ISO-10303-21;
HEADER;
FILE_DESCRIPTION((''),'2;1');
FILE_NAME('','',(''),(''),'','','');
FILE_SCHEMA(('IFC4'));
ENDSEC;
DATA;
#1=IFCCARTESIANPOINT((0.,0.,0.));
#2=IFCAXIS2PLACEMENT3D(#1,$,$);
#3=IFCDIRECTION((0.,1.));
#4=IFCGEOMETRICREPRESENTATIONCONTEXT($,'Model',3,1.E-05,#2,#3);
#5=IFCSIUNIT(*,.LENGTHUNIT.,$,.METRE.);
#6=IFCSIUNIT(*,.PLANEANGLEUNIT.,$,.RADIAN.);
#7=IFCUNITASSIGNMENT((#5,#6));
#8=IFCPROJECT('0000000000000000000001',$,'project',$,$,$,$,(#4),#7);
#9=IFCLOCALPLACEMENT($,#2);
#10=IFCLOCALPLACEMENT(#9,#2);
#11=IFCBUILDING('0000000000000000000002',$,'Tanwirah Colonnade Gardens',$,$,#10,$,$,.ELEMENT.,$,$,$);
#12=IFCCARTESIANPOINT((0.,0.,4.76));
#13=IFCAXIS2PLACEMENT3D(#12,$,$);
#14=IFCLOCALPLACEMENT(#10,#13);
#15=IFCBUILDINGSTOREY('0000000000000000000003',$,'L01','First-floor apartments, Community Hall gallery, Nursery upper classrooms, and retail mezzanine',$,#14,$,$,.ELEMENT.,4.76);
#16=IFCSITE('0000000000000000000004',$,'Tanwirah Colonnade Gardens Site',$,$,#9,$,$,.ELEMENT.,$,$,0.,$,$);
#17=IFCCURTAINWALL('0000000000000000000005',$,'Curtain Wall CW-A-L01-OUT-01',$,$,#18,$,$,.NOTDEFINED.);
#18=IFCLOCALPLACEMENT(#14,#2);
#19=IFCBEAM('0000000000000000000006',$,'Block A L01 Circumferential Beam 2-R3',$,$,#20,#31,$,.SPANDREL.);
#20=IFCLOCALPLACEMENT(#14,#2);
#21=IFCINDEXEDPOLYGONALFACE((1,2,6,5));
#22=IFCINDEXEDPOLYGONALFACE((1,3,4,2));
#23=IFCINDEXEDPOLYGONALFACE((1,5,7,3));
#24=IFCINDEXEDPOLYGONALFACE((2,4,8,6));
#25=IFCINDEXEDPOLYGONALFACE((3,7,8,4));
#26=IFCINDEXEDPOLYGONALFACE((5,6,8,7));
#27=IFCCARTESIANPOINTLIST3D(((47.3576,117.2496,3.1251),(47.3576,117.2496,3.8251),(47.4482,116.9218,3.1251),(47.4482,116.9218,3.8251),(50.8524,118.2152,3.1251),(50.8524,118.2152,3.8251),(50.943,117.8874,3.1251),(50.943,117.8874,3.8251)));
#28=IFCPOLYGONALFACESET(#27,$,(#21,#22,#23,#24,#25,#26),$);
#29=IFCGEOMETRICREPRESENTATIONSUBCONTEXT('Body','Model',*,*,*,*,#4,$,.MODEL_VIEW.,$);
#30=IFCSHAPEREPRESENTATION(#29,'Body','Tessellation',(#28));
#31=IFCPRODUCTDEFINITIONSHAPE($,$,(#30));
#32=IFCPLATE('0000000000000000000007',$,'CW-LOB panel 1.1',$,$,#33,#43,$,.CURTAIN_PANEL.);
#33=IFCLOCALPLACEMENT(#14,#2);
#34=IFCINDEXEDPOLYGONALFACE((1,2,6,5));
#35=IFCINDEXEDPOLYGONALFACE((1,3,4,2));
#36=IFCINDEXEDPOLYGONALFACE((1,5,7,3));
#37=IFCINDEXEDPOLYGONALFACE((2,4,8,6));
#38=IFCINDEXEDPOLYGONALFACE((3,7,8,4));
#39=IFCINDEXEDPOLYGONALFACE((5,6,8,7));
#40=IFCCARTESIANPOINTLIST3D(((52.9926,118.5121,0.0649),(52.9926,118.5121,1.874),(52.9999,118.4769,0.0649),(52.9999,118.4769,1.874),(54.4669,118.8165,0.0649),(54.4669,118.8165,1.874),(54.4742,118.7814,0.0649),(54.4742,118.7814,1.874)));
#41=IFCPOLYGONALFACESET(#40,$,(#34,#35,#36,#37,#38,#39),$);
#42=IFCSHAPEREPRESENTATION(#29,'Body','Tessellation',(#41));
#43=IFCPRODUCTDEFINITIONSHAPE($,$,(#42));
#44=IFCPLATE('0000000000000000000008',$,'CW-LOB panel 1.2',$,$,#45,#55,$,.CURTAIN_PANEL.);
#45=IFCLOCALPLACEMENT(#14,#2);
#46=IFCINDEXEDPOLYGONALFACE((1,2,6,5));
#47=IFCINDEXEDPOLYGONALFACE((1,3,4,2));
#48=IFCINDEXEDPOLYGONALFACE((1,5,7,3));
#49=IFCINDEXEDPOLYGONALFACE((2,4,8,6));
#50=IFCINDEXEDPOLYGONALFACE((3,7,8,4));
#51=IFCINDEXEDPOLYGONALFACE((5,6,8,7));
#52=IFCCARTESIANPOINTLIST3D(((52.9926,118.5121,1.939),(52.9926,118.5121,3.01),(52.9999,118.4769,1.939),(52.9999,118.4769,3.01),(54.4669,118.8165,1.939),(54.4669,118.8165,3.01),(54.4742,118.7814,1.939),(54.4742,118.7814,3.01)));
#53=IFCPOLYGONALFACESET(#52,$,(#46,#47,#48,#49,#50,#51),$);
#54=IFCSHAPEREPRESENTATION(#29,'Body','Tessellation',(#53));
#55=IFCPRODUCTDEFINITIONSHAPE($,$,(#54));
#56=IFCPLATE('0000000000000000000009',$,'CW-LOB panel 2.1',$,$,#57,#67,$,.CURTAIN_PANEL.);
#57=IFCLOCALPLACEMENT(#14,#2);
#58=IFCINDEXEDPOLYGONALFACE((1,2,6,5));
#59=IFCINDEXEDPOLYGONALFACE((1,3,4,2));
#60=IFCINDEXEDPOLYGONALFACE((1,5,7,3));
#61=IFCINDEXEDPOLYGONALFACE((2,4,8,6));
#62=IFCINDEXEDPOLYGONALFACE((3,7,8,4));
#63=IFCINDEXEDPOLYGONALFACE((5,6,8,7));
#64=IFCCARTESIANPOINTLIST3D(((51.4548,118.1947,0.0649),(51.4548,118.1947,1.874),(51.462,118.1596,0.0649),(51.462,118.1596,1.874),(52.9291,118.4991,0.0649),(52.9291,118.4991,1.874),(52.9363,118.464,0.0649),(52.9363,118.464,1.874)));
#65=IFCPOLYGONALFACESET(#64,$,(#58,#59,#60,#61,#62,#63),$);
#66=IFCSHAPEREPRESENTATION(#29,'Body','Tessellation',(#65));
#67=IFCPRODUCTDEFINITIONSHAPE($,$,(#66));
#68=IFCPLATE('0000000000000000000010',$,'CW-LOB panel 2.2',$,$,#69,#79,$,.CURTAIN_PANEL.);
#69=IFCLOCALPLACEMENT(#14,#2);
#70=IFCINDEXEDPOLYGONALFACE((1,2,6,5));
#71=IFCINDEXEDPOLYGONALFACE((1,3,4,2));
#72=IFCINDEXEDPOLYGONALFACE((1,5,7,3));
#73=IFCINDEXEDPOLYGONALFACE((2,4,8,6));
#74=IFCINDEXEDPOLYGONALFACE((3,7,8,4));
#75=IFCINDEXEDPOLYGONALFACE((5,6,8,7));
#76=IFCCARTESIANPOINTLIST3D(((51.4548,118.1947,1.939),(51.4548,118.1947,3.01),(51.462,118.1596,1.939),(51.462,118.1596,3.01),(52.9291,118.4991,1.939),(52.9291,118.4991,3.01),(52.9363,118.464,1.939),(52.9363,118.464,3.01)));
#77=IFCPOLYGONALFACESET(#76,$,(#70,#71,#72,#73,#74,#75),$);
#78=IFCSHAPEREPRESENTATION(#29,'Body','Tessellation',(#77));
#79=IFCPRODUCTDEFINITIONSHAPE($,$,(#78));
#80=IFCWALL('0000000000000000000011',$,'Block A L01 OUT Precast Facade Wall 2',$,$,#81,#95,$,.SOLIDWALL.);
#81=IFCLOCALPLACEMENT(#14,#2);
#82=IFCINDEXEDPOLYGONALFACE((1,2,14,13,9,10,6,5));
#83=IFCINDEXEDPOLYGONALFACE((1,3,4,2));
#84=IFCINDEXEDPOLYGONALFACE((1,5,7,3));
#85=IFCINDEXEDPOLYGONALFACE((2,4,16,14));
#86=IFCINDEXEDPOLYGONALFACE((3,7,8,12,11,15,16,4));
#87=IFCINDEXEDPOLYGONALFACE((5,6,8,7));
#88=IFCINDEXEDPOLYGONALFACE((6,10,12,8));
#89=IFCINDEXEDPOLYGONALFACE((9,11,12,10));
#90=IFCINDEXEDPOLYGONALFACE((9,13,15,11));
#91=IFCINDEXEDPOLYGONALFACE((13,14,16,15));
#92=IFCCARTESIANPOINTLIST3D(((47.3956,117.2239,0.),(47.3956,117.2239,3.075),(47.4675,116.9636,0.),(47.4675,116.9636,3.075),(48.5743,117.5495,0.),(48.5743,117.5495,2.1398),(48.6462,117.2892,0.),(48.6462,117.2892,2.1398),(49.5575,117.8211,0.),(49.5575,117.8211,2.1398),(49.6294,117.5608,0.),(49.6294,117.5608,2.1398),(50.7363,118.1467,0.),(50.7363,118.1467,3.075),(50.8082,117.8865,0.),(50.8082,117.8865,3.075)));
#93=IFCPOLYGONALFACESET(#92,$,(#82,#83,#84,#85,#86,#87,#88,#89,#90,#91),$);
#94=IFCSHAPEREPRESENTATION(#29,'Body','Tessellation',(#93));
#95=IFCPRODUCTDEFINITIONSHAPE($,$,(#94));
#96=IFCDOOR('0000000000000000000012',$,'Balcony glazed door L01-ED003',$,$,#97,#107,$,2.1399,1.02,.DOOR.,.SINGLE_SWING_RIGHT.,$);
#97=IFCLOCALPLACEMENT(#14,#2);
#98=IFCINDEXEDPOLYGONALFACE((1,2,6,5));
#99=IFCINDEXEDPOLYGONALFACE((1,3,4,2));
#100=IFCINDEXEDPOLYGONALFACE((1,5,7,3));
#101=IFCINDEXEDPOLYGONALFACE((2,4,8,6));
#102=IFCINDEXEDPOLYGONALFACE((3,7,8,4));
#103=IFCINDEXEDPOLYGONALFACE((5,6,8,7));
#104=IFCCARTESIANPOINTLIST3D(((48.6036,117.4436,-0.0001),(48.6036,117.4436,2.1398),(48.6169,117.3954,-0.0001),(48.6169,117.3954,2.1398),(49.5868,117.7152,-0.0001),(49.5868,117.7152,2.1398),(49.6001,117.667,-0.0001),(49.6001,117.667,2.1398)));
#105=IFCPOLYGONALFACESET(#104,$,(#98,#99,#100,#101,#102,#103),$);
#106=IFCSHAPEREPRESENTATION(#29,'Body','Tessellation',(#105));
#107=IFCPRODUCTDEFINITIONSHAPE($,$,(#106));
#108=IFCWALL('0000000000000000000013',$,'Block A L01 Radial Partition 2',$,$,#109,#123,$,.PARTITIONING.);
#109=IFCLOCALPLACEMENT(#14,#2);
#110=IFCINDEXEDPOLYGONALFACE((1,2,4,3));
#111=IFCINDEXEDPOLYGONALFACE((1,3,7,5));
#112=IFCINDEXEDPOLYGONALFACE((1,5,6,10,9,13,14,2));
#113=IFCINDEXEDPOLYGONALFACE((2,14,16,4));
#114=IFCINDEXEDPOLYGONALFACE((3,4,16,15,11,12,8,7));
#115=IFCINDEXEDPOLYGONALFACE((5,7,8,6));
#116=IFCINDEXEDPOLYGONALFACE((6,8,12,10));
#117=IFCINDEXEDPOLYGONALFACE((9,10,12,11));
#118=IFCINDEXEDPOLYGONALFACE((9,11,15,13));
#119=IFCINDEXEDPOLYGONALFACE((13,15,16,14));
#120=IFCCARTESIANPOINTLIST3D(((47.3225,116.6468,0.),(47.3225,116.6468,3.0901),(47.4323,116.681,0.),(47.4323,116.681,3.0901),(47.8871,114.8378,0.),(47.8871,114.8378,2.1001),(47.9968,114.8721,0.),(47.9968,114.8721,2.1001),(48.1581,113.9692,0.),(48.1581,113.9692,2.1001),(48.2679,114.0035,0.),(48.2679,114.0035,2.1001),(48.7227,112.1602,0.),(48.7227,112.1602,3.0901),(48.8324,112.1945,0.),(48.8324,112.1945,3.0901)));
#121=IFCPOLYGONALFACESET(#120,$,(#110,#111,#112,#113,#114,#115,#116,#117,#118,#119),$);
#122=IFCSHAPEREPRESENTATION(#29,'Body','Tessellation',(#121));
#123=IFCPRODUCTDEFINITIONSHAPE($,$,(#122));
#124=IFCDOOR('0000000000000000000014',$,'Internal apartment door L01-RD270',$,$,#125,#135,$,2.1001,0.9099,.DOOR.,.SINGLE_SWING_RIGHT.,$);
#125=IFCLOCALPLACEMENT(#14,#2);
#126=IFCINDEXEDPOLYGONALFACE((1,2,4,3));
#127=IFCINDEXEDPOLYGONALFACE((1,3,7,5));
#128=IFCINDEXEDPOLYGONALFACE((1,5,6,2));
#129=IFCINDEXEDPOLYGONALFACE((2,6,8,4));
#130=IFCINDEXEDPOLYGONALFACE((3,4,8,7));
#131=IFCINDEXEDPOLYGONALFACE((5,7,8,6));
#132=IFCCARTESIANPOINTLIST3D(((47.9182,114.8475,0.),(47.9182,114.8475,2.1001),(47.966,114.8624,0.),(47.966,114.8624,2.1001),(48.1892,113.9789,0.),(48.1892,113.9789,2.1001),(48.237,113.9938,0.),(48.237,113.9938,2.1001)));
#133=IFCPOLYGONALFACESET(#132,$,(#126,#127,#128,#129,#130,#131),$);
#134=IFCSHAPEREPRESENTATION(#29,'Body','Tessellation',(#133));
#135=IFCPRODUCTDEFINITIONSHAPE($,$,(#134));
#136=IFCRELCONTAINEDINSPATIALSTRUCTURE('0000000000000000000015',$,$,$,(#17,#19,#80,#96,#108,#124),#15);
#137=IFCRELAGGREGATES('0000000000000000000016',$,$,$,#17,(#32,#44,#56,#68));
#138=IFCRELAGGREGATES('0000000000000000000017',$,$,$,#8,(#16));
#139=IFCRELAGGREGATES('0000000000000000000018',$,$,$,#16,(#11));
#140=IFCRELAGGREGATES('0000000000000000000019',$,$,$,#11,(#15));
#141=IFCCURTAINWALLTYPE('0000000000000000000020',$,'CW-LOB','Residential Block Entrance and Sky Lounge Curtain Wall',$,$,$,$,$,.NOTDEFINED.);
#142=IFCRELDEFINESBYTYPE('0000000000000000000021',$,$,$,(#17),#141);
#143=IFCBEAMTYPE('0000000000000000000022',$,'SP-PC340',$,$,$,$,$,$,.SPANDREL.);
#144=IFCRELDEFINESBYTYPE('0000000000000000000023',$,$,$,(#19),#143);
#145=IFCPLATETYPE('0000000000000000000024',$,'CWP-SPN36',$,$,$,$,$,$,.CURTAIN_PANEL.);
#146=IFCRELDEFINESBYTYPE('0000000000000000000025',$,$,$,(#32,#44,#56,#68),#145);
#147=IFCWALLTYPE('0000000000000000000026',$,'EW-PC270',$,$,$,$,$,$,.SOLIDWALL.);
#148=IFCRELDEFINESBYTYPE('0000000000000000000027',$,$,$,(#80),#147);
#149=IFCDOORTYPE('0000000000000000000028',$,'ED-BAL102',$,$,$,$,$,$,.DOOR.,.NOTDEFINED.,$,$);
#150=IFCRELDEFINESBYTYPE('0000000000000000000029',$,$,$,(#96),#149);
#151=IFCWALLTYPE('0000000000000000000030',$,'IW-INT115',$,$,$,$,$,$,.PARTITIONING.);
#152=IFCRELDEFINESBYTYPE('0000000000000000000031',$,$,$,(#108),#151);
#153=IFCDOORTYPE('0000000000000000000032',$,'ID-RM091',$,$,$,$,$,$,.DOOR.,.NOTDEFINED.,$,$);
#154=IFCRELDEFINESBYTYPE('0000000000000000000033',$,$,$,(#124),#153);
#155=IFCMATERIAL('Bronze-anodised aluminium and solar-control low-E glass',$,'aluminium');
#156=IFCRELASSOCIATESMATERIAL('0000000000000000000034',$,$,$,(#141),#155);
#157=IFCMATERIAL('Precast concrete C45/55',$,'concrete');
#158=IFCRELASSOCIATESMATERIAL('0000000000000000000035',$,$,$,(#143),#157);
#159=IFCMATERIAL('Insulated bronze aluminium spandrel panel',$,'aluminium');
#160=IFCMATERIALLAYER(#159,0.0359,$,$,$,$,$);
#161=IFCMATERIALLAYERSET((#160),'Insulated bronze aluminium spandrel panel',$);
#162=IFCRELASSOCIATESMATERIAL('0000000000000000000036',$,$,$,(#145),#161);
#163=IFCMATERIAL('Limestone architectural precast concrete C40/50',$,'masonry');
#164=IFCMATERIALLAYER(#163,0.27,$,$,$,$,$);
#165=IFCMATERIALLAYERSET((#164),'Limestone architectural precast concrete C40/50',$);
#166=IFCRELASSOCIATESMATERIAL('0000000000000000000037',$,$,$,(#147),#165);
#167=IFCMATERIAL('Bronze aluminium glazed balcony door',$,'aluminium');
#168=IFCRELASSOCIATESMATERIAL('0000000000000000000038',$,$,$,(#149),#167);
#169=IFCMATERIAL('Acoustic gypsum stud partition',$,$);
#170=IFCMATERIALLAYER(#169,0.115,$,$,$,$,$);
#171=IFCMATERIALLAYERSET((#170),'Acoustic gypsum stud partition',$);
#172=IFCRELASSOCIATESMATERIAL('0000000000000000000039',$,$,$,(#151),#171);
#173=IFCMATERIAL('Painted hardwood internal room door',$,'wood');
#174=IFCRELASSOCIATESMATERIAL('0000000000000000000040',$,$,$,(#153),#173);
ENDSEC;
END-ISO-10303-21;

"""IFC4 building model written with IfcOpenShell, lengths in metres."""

from ifc_helpers import new_model, si_unit, direction, frame, frame_2d, origin, origin_2d, place, context, subcontext, project, spatial, rectangle, extrude, material, layer, layer_set, material_profile, profile_set, type_object, element, fill, aggregate, save


model = new_model("IFC4")

# Units and contexts
model_context = context("Model", 3, precision=1e-05, world=origin(), true_north=direction((0.0, 1.0)))
body_context = subcontext(model_context, "Body", "Model", "MODEL_VIEW")
ifc_project = project(units=[si_unit("LENGTHUNIT", "METRE"), si_unit("PLANEANGLEUNIT", "RADIAN")], contexts=[model_context])

# Site, building, storey
site_placement = place(None, origin())
site = spatial("IfcSite", under=ifc_project, at=site_placement, Name="Tanwirah Colonnade Gardens Site", CompositionType="ELEMENT", RefElevation=0.0)
building_placement = place(site_placement, origin())
building = spatial("IfcBuilding", under=site, at=building_placement, Name="Tanwirah Colonnade Gardens", CompositionType="ELEMENT")
storey_placement = place(building_placement, frame((0.0, 0.0, 4.76)))
storey = spatial("IfcBuildingStorey", under=building, at=storey_placement, Name="L01", Description="First-floor apartments, Community Hall gallery, Nursery upper classrooms, and retail mezzanine", CompositionType="ELEMENT", Elevation=4.76)

# Shared definitions
ifc_material_1 = material(Name="Precast concrete C45/55", Category="concrete")

# Curtain wall
ifc_material_2 = material(Name="Bronze-anodised aluminium and solar-control low-E glass", Category="aluminium")
curtain_wall_type = type_object("IfcCurtainWallType", Name="CW-LOB", Description="Residential Block Entrance and Sky Lounge Curtain Wall", PredefinedType="NOTDEFINED", material=ifc_material_2)
curtain_wall_placement = place(storey_placement, origin())
curtain_wall = element("IfcCurtainWall", 1, at=curtain_wall_placement, inside=storey, type_object=curtain_wall_type, Name="Curtain Wall CW-A-L01-OUT-01", PredefinedType="NOTDEFINED")

# Beam
ifc_material_profile_1 = material_profile(ifc_material_1, rectangle(XDim=0.3401, YDim=0.7, at=origin_2d()), Name="PC-SP 340x700")
ifc_profile_set_1 = profile_set([ifc_material_profile_1], Name="Precast concrete C45/55")
beam_type_1 = type_object("IfcBeamType", Name="SP-PC340", PredefinedType="SPANDREL", material=ifc_profile_set_1)
beam_1_placement = place(storey_placement, frame((50.8977, 118.0513, 3.4751), z_axis=(-0.963888, -0.266307, 0.0), x_axis=(0.266307, -0.963888, 0.0)))
element("IfcBeam", 2, at=beam_1_placement, inside=storey, type_object=beam_type_1, Name="Block A L01 Circumferential Beam 2-R3", PredefinedType="SPANDREL", context=body_context, shape_type="SweptSolid", body=[
    extrude(rectangle(XDim=0.3401, YDim=0.7, at=origin_2d()), origin(), (0.0, 0.0, 1.0), 3.6257),
])

# Plates
ifc_material_3 = material(Name="Insulated bronze aluminium spandrel panel", Category="aluminium")
ifc_layer_1 = layer(ifc_material_3, 0.0359)
ifc_layer_set_1 = layer_set([ifc_layer_1], Name="Insulated bronze aluminium spandrel panel")
plate_type = type_object("IfcPlateType", Name="CWP-SPN36", PredefinedType="CURTAIN_PANEL", material=ifc_layer_set_1)
plate_1_placement = place(storey_placement, frame((53.7334, 118.6467, 0.0649), z_axis=(0.0, 0.0, 1.0), x_axis=(-0.979341, -0.202218, 0.0)))
plate_1 = element("IfcPlate", 3, at=plate_1_placement, type_object=plate_type, Name="CW-LOB panel 1.1", PredefinedType="CURTAIN_PANEL", context=body_context, shape_type="SweptSolid", body=[
    extrude(rectangle(XDim=1.5054, YDim=0.0359, at=origin_2d()), origin(), (0.0, 0.0, 1.0), 1.8091),
])
plate_2_placement = place(storey_placement, frame((53.7334, 118.6467, 1.939), z_axis=(0.0, 0.0, 1.0), x_axis=(-0.979341, -0.202218, 0.0)))
plate_2 = element("IfcPlate", 4, at=plate_2_placement, type_object=plate_type, Name="CW-LOB panel 1.2", PredefinedType="CURTAIN_PANEL", context=body_context, shape_type="SweptSolid", body=[
    extrude(rectangle(XDim=1.5054, YDim=0.0359, at=origin_2d()), origin(), (0.0, 0.0, 1.0), 1.071),
])
plate_3_placement = place(storey_placement, frame((52.1956, 118.3293, 0.0649), z_axis=(0.0, 0.0, 1.0), x_axis=(-0.979341, -0.202218, 0.0)))
plate_3 = element("IfcPlate", 5, at=plate_3_placement, type_object=plate_type, Name="CW-LOB panel 2.1", PredefinedType="CURTAIN_PANEL", context=body_context, shape_type="SweptSolid", body=[
    extrude(rectangle(XDim=1.5054, YDim=0.0359, at=origin_2d()), origin(), (0.0, 0.0, 1.0), 1.8091),
])
plate_4_placement = place(storey_placement, frame((52.1956, 118.3293, 1.939), z_axis=(0.0, 0.0, 1.0), x_axis=(-0.979341, -0.202218, 0.0)))
plate_4 = element("IfcPlate", 6, at=plate_4_placement, type_object=plate_type, Name="CW-LOB panel 2.2", PredefinedType="CURTAIN_PANEL", context=body_context, shape_type="SweptSolid", body=[
    extrude(rectangle(XDim=1.5054, YDim=0.0359, at=origin_2d()), origin(), (0.0, 0.0, 1.0), 1.071),
])
aggregate(curtain_wall, [plate_1, plate_2, plate_3, plate_4])

# Walls, openings, doors
ifc_material_4 = material(Name="Limestone architectural precast concrete C40/50", Category="masonry")
ifc_layer_2 = layer(ifc_material_4, 0.27)
ifc_layer_set_2 = layer_set([ifc_layer_2], Name="Limestone architectural precast concrete C40/50")
wall_type_1 = type_object("IfcWallType", Name="EW-PC270", PredefinedType="SOLIDWALL", material=ifc_layer_set_2)
wall_1_placement = place(storey_placement, frame((50.7722, 118.0166, 0.0), z_axis=(0.0, 0.0, 1.0), x_axis=(-0.963895, -0.266281, 0.0)))
wall_1 = element("IfcWall", 7, at=wall_1_placement, inside=storey, type_object=wall_type_1, Name="Block A L01 OUT Precast Facade Wall 2", PredefinedType="SOLIDWALL", context=body_context, shape_type="SweptSolid", body=[
    extrude(rectangle(XDim=3.4658, YDim=0.27, at=frame_2d((1.7329, 0.0))), origin(), (0.0, 0.0, 1.0), 3.075),
])
opening_1_placement = place(wall_1_placement, frame((1.2229, 0.0, 0.0)))
opening_1 = element("IfcOpeningElement", 8, at=opening_1_placement, cuts=wall_1, PredefinedType="OPENING", context=body_context, shape_type="SweptSolid", body=[
    extrude(rectangle(XDim=1.02, YDim=2.1399, at=frame_2d((0.51, 1.0698))), frame((0.0, 0.145, 0.0), z_axis=(0.0, -1.0, 0.0), x_axis=(1.0, 0.0, 0.0)), (0.0, 0.0, 1.0), 0.29),
])
ifc_material_5 = material(Name="Bronze aluminium glazed balcony door", Category="aluminium")
door_type_1 = type_object("IfcDoorType", Name="ED-BAL102", OperationType="NOTDEFINED", PredefinedType="DOOR", material=ifc_material_5)
door_1_placement = place(opening_1_placement, origin())
door_1 = element("IfcDoor", 9, at=door_1_placement, inside=storey, type_object=door_type_1, Name="Balcony glazed door L01-ED003", OperationType="SINGLE_SWING_RIGHT", OverallHeight=2.1399, OverallWidth=1.02, PredefinedType="DOOR", context=body_context, shape_type="SweptSolid", body=[
    extrude(rectangle(XDim=1.02, YDim=2.1399, at=frame_2d((0.51, 1.0698))), frame((0.0, 0.0249, 0.0), z_axis=(0.0, -1.0, 0.0), x_axis=(1.0, 0.0, 0.0)), (0.0, 0.0, 1.0), 0.05),
])
fill(opening_1, door_1)
ifc_material_6 = material(Name="Acoustic gypsum stud partition")
ifc_layer_3 = layer(ifc_material_6, 0.115)
ifc_layer_set_3 = layer_set([ifc_layer_3], Name="Acoustic gypsum stud partition")
wall_type_2 = type_object("IfcWallType", Name="IW-INT115", PredefinedType="PARTITIONING", material=ifc_layer_set_3)
wall_2_placement = place(storey_placement, frame((48.7776, 112.1772, 0.0), z_axis=(0.0, 0.0, 1.0), x_axis=(-0.297905, 0.954595, 0.0)))
wall_2 = element("IfcWall", 10, at=wall_2_placement, inside=storey, type_object=wall_type_2, Name="Block A L01 Radial Partition 2", PredefinedType="PARTITIONING", context=body_context, shape_type="SweptSolid", body=[
    extrude(rectangle(XDim=4.7, YDim=0.115, at=frame_2d((2.3501, 0.0))), origin(), (0.0, 0.0, 1.0), 3.0901),
])
opening_2_placement = place(wall_2_placement, frame((1.895, 0.0, 0.0)))
opening_2 = element("IfcOpeningElement", 11, at=opening_2_placement, cuts=wall_2, PredefinedType="OPENING", context=body_context, shape_type="SweptSolid", body=[
    extrude(rectangle(XDim=0.9099, YDim=2.1001, at=frame_2d((0.4551, 1.05))), frame((0.0, 0.0674, 0.0), z_axis=(0.0, -1.0, 0.0), x_axis=(1.0, 0.0, 0.0)), (0.0, 0.0, 1.0), 0.135),
])
ifc_material_7 = material(Name="Painted hardwood internal room door", Category="wood")
door_type_2 = type_object("IfcDoorType", Name="ID-RM091", OperationType="NOTDEFINED", PredefinedType="DOOR", material=ifc_material_7)
door_2_placement = place(opening_2_placement, origin())
door_2 = element("IfcDoor", 12, at=door_2_placement, inside=storey, type_object=door_type_2, Name="Internal apartment door L01-RD270", OperationType="SINGLE_SWING_RIGHT", OverallHeight=2.1001, OverallWidth=0.9099, PredefinedType="DOOR", context=body_context, shape_type="SweptSolid", body=[
    extrude(rectangle(XDim=0.9099, YDim=2.1001, at=frame_2d((0.4551, 1.05))), frame((0.0, 0.0249, 0.0), z_axis=(0.0, -1.0, 0.0), x_axis=(1.0, 0.0, 0.0)), (0.0, 0.0, 1.0), 0.05),
])
fill(opening_2, door_2)

save(model, "model.ifc")
